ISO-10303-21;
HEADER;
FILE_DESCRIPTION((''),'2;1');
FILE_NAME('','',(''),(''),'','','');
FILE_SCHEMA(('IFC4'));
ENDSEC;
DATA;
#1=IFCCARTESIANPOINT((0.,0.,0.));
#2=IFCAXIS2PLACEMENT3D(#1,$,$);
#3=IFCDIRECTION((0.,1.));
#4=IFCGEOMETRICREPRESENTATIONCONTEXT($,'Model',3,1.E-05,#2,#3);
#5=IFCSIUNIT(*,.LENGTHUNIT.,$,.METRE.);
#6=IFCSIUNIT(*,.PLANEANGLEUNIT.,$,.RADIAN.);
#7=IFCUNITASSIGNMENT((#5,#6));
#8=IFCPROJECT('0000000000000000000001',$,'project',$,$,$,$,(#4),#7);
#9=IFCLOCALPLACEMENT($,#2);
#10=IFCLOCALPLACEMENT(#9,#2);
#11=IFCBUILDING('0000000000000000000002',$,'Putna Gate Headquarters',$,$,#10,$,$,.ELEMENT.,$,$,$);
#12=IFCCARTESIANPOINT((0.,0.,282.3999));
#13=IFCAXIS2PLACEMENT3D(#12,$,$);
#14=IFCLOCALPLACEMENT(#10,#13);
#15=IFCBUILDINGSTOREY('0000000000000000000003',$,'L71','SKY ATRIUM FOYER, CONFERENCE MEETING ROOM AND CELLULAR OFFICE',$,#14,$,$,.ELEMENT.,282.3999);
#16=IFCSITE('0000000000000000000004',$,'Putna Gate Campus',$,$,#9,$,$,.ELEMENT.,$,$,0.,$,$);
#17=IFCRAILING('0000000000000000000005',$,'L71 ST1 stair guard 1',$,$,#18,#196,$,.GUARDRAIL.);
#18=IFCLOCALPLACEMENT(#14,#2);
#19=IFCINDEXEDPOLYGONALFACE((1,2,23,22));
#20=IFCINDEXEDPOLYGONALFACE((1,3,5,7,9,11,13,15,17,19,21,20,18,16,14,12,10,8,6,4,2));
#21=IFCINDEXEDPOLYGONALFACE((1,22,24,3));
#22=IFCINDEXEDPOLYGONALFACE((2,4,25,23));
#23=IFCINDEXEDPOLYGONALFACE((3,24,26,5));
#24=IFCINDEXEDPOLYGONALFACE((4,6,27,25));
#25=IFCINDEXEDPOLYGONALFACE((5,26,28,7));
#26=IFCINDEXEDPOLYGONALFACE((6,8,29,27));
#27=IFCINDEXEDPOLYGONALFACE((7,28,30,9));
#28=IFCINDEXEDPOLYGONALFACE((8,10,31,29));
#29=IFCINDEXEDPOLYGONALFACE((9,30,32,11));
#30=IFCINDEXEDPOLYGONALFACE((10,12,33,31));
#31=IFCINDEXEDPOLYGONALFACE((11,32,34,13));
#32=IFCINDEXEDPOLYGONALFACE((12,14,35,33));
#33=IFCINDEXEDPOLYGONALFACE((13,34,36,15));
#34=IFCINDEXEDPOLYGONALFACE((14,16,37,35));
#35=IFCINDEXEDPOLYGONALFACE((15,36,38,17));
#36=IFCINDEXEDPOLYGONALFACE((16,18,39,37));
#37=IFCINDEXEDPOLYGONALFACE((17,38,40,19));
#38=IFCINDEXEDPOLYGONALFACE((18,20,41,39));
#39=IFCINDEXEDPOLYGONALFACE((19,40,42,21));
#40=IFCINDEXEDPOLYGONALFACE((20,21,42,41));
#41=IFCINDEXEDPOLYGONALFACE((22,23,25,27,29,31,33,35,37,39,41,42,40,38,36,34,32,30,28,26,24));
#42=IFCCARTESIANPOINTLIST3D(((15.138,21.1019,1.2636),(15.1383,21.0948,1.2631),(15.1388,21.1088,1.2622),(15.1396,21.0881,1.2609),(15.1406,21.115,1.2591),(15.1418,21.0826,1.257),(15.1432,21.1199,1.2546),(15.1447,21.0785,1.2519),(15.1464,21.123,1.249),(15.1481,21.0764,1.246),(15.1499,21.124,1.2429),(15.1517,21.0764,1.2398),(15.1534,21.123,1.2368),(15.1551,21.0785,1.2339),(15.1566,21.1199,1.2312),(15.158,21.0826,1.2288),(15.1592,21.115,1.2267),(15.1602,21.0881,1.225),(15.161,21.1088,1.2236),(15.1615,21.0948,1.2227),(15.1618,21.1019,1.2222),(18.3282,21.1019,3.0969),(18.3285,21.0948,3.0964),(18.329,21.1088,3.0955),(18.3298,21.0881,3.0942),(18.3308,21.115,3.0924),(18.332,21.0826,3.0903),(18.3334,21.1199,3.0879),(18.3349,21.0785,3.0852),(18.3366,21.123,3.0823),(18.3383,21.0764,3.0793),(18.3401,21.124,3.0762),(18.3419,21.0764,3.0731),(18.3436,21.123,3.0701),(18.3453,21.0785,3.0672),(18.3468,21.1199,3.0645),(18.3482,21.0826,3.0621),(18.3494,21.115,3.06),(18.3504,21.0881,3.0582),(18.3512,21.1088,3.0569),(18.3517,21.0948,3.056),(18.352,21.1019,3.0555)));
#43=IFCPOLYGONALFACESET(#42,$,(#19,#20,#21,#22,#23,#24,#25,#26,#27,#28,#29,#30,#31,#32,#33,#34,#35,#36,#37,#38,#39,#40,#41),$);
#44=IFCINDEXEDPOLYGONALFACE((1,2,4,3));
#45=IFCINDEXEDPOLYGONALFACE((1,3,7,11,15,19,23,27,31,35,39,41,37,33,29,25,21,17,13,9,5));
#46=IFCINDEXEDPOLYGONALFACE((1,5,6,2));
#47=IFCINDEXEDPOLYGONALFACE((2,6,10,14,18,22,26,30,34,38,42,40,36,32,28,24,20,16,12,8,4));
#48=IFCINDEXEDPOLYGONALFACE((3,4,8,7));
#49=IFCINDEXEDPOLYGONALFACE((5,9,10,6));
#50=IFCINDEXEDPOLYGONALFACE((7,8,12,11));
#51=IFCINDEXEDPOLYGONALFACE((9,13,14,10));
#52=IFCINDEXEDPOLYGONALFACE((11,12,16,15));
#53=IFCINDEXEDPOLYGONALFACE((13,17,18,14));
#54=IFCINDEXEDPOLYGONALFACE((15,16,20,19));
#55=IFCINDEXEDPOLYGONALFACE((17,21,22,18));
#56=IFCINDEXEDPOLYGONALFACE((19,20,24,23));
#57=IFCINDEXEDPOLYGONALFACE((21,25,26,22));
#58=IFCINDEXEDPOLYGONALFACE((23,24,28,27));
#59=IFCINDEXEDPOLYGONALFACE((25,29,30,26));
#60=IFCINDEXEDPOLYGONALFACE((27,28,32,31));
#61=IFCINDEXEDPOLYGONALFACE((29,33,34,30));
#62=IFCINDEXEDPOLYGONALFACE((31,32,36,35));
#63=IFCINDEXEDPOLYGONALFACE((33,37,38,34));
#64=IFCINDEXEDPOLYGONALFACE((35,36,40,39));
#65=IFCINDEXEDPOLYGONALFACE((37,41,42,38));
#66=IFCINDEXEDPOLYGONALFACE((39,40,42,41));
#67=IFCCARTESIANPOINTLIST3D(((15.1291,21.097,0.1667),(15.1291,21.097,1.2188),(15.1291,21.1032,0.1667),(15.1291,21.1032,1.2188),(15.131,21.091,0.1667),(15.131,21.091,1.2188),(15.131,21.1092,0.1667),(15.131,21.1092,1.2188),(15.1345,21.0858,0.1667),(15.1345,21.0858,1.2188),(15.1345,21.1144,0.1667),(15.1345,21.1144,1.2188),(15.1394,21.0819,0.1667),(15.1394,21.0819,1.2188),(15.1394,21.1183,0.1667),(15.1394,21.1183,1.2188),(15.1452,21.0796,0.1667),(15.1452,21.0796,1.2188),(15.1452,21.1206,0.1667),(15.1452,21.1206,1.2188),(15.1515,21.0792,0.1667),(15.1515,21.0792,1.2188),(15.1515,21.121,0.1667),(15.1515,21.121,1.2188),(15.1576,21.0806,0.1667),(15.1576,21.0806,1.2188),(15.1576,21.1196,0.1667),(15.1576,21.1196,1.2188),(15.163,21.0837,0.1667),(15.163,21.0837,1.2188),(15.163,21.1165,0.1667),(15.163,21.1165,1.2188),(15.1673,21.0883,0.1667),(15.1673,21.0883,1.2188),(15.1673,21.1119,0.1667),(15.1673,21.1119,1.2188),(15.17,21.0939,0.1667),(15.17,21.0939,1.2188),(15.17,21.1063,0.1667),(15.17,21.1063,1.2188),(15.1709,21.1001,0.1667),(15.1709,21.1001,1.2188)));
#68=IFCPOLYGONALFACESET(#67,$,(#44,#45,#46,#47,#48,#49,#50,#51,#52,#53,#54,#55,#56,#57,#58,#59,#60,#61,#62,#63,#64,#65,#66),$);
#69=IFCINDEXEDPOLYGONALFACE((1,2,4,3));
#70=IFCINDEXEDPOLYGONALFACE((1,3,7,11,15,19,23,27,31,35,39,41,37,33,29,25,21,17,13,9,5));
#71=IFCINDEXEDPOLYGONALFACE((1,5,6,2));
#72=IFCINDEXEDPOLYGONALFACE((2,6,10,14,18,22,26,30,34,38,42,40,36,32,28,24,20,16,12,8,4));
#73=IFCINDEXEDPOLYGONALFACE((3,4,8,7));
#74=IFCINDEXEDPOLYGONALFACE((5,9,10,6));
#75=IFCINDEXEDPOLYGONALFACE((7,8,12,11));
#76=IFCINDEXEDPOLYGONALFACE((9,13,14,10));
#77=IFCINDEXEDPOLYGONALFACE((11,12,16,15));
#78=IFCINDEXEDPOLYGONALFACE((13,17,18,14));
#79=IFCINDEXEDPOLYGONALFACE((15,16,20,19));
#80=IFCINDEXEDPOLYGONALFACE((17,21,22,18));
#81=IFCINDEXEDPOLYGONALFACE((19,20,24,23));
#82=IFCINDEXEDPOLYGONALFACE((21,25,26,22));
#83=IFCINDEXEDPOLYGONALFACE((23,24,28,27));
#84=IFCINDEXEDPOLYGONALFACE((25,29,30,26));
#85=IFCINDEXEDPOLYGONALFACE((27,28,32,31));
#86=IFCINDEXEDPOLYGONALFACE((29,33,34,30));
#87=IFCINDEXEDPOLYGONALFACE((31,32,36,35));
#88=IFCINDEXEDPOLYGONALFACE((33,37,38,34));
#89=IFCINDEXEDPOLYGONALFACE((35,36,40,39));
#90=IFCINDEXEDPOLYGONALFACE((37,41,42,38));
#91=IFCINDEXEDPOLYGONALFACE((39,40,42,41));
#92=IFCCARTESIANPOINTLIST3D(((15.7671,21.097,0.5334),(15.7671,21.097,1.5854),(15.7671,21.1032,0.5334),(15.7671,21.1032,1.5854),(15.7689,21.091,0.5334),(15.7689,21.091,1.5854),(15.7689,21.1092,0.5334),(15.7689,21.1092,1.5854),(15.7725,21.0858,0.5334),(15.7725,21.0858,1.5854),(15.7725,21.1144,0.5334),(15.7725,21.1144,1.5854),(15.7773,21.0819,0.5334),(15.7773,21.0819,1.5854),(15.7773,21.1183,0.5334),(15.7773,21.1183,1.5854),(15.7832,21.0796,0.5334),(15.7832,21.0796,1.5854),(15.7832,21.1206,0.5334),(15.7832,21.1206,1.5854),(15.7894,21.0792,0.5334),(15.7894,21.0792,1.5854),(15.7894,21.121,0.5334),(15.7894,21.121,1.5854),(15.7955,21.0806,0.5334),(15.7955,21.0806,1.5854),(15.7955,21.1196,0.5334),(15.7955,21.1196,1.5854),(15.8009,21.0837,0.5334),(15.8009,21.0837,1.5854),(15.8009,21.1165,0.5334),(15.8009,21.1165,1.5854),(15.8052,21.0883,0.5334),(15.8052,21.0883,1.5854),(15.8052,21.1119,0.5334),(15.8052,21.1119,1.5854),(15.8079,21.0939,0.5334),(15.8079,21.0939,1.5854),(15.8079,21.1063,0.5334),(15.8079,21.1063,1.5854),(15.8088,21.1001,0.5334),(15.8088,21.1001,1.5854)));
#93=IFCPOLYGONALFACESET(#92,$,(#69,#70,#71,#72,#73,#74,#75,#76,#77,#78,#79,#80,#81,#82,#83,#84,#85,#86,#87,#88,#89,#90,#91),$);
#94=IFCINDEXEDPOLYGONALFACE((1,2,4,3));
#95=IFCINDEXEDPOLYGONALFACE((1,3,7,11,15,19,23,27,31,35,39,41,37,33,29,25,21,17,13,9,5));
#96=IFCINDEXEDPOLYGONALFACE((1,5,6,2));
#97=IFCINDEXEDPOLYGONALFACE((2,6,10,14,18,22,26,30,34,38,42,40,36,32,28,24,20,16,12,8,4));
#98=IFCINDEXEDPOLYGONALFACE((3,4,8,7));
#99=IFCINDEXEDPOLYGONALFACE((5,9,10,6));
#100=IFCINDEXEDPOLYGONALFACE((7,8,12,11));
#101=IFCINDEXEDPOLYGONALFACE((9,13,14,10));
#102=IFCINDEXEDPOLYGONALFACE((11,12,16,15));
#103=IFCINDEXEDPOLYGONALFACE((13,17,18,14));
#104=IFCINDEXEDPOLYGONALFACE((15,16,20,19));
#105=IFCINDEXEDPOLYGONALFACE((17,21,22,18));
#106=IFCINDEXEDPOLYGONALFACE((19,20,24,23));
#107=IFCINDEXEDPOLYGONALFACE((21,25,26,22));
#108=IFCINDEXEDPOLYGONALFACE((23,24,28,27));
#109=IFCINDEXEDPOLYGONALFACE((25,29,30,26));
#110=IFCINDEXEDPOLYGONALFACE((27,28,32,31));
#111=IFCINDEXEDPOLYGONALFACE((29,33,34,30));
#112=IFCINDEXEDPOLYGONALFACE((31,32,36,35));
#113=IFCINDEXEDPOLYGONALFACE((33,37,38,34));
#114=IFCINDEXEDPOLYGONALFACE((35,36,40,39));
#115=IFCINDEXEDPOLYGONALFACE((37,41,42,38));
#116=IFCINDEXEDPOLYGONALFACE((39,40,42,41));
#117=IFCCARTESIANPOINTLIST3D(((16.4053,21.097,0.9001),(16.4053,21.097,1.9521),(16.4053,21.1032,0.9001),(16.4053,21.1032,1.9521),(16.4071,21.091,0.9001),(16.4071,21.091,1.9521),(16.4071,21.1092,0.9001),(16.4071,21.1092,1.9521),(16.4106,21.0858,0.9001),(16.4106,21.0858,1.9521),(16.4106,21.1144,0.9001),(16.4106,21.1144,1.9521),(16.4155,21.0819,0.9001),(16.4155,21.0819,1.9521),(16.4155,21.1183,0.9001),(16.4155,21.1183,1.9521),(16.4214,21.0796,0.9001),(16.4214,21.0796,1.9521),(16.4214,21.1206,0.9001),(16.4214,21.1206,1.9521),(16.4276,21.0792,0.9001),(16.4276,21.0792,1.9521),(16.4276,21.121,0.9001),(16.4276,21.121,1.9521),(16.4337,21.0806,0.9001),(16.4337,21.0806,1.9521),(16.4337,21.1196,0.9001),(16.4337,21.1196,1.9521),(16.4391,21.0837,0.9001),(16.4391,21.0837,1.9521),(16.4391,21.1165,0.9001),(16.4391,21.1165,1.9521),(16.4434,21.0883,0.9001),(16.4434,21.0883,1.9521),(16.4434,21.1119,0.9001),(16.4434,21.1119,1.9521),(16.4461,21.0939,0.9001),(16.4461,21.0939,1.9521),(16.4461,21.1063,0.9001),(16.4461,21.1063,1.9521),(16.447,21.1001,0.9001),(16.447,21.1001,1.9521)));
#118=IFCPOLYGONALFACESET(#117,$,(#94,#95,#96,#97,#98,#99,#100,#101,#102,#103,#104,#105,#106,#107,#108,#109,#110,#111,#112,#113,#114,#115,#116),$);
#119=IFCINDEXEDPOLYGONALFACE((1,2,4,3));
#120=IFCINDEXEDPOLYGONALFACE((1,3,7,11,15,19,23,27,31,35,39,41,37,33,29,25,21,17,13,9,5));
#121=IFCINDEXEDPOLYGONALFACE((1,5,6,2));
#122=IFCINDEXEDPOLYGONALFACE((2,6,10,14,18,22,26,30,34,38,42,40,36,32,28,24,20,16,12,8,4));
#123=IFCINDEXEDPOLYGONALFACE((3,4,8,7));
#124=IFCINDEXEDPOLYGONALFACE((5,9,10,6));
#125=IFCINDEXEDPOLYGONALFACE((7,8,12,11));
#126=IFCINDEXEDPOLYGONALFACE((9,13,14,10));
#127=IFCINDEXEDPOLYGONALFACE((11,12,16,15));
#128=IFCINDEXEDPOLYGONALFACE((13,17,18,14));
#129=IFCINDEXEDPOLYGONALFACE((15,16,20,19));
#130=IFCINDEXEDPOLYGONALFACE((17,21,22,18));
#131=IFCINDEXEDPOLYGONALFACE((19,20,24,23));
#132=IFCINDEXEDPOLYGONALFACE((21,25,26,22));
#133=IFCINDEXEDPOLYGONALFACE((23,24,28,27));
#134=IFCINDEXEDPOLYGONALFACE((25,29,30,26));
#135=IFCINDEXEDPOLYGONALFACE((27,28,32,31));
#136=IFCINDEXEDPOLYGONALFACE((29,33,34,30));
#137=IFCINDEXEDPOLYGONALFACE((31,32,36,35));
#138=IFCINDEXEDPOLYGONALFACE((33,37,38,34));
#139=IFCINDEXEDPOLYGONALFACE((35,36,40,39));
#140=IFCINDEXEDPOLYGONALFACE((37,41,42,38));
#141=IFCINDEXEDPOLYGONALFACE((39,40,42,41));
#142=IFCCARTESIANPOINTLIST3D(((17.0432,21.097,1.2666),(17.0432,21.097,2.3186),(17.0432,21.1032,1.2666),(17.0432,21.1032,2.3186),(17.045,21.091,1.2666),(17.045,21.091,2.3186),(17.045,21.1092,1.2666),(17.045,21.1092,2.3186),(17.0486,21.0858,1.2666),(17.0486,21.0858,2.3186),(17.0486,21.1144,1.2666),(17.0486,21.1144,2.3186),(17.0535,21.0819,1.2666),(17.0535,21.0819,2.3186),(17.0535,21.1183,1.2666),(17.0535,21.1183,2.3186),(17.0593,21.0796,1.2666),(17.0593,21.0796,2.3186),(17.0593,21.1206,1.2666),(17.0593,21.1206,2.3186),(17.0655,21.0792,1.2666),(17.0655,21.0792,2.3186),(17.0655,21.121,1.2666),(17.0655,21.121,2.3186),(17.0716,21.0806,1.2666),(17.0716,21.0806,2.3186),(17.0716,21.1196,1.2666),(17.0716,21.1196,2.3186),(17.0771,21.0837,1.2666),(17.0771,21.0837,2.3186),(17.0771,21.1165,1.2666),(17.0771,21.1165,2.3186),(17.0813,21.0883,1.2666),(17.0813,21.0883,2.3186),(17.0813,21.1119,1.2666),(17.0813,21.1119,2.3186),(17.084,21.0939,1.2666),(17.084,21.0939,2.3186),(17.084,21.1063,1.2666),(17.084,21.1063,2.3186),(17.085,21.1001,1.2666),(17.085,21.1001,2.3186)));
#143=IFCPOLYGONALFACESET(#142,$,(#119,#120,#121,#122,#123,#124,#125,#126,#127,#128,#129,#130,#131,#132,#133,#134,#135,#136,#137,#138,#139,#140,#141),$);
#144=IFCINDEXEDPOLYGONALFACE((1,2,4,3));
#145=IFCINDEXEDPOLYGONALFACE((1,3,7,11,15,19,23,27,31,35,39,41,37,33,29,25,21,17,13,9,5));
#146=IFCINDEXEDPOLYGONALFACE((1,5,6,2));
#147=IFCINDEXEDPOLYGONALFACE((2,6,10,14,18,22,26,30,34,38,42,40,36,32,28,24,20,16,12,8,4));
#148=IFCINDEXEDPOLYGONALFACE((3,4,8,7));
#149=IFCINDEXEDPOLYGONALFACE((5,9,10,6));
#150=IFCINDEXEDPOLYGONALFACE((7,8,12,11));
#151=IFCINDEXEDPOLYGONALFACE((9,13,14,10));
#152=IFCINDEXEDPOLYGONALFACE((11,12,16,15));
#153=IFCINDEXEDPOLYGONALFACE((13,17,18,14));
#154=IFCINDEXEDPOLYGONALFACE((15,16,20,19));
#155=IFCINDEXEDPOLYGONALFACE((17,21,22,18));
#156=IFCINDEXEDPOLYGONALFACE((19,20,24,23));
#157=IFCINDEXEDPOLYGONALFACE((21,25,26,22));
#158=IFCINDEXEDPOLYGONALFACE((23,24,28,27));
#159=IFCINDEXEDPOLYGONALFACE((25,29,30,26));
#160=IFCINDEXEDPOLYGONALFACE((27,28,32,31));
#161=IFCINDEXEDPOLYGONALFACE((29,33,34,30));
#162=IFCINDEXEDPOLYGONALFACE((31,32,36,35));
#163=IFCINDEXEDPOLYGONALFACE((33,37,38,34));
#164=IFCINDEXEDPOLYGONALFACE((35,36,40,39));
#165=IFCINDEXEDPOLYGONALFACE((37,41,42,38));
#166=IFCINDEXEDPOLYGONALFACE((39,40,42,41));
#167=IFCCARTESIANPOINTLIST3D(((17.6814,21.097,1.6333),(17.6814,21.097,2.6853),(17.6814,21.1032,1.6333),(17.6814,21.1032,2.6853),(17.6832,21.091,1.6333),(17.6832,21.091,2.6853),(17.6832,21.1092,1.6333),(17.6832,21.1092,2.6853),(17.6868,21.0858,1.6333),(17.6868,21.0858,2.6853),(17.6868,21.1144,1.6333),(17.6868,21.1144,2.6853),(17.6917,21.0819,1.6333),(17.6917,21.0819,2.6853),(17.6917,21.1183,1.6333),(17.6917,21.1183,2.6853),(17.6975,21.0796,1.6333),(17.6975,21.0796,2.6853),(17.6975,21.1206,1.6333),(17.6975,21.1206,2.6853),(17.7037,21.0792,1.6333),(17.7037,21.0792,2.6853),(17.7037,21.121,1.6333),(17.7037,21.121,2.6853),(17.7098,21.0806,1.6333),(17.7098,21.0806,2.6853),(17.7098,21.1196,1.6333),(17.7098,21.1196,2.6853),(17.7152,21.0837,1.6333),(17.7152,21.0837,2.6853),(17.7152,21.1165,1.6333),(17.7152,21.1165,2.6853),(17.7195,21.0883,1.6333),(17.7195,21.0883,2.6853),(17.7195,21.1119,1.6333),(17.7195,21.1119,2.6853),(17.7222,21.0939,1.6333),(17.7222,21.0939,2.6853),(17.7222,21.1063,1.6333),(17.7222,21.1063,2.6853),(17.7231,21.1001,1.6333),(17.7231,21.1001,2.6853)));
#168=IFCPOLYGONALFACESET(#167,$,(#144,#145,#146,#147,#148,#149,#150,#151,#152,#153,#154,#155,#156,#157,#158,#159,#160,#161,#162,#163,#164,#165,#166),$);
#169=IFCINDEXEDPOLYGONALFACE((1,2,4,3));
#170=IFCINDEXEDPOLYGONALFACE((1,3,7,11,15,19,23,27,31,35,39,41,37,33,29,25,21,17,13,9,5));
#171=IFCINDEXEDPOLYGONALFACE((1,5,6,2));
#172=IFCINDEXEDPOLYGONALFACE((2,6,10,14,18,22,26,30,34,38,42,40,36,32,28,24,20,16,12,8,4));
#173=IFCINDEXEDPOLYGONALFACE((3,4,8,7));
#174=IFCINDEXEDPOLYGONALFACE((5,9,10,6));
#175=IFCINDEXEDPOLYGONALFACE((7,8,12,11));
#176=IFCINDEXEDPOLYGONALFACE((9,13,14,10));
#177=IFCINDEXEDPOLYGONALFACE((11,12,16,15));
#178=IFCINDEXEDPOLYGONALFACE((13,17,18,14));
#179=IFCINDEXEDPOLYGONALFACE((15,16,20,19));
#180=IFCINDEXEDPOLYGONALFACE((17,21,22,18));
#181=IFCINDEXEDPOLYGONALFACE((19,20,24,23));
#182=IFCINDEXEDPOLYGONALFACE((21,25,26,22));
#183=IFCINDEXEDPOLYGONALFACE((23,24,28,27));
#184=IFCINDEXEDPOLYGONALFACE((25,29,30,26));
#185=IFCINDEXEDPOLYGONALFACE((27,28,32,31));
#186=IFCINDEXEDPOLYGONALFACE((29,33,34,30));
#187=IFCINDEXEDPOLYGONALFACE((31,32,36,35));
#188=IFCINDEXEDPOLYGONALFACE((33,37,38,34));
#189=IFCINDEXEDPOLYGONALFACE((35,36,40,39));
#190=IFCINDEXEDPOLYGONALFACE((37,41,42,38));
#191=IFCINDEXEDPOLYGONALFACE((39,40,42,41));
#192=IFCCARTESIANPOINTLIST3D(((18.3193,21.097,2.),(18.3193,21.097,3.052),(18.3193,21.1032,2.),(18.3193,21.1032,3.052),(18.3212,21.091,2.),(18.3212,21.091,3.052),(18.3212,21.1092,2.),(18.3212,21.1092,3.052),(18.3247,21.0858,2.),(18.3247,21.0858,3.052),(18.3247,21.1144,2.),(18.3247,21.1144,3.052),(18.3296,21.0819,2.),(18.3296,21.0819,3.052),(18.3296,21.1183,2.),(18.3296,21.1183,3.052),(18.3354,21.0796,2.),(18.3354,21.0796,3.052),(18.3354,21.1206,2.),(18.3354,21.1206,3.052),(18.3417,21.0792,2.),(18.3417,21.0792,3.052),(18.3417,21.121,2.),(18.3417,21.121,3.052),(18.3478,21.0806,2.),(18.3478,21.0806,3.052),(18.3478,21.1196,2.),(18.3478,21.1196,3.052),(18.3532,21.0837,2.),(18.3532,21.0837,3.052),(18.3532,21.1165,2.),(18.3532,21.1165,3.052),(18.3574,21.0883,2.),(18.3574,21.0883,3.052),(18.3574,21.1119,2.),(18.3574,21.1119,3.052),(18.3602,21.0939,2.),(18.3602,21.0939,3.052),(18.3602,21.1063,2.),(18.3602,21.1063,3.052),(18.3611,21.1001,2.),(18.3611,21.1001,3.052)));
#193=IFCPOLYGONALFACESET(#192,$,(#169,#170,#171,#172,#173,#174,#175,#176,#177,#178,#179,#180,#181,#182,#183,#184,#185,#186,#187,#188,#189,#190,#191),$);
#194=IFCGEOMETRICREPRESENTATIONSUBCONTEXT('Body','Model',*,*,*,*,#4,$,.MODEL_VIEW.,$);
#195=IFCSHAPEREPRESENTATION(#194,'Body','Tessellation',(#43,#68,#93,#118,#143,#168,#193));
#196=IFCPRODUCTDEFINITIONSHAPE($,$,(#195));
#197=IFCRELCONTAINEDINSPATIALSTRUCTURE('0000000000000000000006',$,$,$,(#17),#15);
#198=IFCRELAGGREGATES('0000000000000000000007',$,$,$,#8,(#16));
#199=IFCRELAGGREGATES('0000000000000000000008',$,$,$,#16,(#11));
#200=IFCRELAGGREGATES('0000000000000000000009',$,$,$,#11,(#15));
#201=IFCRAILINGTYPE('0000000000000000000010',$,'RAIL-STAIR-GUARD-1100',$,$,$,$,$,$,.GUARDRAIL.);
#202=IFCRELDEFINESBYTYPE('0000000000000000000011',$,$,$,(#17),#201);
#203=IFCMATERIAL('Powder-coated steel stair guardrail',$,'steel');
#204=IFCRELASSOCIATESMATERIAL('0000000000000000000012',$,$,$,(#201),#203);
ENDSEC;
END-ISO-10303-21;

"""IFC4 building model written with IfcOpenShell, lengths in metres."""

from ifc_helpers import new_model, si_unit, direction, frame, origin, origin_2d, place, context, subcontext, project, spatial, circle, extrude, material, type_object, element, save


model = new_model("IFC4")

# Units and contexts
model_context = context("Model", 3, precision=1e-05, world=origin(), true_north=direction((0.0, 1.0)))
body_context = subcontext(model_context, "Body", "Model", "MODEL_VIEW")
ifc_project = project(units=[si_unit("LENGTHUNIT", "METRE"), si_unit("PLANEANGLEUNIT", "RADIAN")], contexts=[model_context])

# Site, building, storey
site_placement = place(None, origin())
site = spatial("IfcSite", under=ifc_project, at=site_placement, Name="Putna Gate Campus", CompositionType="ELEMENT", RefElevation=0.0)
building_placement = place(site_placement, origin())
building = spatial("IfcBuilding", under=site, at=building_placement, Name="Putna Gate Headquarters", CompositionType="ELEMENT")
storey_placement = place(building_placement, frame((0.0, 0.0, 282.3999)))
storey = spatial("IfcBuildingStorey", under=building, at=storey_placement, Name="L71", Description="SKY ATRIUM FOYER, CONFERENCE MEETING ROOM AND CELLULAR OFFICE", CompositionType="ELEMENT", Elevation=282.3999)

# Railing
ifc_material_1 = material(Name="Powder-coated steel stair guardrail", Category="steel")
railing_type_1 = type_object("IfcRailingType", Name="RAIL-STAIR-GUARD-1100", PredefinedType="GUARDRAIL", material=ifc_material_1)
railing_1_placement = place(storey_placement, frame((15.1499, 21.1001, 0.1667)))
element("IfcRailing", 1, at=railing_1_placement, inside=storey, type_object=railing_type_1, Name="L71 ST1 stair guard 1", PredefinedType="GUARDRAIL", context=body_context, shape_type="SweptSolid", body=[
    extrude(circle(Radius=0.0239, at=origin_2d()), frame((0.0, 0.0, 1.0762), z_axis=(0.867036, 0.0, 0.498245), x_axis=(0.0, 1.0, 0.0)), (0.0, 0.0, 1.0), 3.6794),
    extrude(circle(Radius=0.021, at=origin_2d()), origin(), (0.0, 0.0, 1.0), 1.052),
    extrude(circle(Radius=0.021, at=origin_2d()), frame((0.6379, 0.0, 0.3667)), (0.0, 0.0, 1.0), 1.052),
    extrude(circle(Radius=0.021, at=origin_2d()), frame((1.2761, 0.0, 0.7334)), (0.0, 0.0, 1.0), 1.052),
    extrude(circle(Radius=0.021, at=origin_2d()), frame((1.9141, 0.0, 1.0999)), (0.0, 0.0, 1.0), 1.052),
    extrude(circle(Radius=0.021, at=origin_2d()), frame((2.5522, 0.0, 1.4666)), (0.0, 0.0, 1.0), 1.052),
    extrude(circle(Radius=0.021, at=origin_2d()), frame((3.1902, 0.0, 1.8333)), (0.0, 0.0, 1.0), 1.052),
])

save(model, "model.ifc")
